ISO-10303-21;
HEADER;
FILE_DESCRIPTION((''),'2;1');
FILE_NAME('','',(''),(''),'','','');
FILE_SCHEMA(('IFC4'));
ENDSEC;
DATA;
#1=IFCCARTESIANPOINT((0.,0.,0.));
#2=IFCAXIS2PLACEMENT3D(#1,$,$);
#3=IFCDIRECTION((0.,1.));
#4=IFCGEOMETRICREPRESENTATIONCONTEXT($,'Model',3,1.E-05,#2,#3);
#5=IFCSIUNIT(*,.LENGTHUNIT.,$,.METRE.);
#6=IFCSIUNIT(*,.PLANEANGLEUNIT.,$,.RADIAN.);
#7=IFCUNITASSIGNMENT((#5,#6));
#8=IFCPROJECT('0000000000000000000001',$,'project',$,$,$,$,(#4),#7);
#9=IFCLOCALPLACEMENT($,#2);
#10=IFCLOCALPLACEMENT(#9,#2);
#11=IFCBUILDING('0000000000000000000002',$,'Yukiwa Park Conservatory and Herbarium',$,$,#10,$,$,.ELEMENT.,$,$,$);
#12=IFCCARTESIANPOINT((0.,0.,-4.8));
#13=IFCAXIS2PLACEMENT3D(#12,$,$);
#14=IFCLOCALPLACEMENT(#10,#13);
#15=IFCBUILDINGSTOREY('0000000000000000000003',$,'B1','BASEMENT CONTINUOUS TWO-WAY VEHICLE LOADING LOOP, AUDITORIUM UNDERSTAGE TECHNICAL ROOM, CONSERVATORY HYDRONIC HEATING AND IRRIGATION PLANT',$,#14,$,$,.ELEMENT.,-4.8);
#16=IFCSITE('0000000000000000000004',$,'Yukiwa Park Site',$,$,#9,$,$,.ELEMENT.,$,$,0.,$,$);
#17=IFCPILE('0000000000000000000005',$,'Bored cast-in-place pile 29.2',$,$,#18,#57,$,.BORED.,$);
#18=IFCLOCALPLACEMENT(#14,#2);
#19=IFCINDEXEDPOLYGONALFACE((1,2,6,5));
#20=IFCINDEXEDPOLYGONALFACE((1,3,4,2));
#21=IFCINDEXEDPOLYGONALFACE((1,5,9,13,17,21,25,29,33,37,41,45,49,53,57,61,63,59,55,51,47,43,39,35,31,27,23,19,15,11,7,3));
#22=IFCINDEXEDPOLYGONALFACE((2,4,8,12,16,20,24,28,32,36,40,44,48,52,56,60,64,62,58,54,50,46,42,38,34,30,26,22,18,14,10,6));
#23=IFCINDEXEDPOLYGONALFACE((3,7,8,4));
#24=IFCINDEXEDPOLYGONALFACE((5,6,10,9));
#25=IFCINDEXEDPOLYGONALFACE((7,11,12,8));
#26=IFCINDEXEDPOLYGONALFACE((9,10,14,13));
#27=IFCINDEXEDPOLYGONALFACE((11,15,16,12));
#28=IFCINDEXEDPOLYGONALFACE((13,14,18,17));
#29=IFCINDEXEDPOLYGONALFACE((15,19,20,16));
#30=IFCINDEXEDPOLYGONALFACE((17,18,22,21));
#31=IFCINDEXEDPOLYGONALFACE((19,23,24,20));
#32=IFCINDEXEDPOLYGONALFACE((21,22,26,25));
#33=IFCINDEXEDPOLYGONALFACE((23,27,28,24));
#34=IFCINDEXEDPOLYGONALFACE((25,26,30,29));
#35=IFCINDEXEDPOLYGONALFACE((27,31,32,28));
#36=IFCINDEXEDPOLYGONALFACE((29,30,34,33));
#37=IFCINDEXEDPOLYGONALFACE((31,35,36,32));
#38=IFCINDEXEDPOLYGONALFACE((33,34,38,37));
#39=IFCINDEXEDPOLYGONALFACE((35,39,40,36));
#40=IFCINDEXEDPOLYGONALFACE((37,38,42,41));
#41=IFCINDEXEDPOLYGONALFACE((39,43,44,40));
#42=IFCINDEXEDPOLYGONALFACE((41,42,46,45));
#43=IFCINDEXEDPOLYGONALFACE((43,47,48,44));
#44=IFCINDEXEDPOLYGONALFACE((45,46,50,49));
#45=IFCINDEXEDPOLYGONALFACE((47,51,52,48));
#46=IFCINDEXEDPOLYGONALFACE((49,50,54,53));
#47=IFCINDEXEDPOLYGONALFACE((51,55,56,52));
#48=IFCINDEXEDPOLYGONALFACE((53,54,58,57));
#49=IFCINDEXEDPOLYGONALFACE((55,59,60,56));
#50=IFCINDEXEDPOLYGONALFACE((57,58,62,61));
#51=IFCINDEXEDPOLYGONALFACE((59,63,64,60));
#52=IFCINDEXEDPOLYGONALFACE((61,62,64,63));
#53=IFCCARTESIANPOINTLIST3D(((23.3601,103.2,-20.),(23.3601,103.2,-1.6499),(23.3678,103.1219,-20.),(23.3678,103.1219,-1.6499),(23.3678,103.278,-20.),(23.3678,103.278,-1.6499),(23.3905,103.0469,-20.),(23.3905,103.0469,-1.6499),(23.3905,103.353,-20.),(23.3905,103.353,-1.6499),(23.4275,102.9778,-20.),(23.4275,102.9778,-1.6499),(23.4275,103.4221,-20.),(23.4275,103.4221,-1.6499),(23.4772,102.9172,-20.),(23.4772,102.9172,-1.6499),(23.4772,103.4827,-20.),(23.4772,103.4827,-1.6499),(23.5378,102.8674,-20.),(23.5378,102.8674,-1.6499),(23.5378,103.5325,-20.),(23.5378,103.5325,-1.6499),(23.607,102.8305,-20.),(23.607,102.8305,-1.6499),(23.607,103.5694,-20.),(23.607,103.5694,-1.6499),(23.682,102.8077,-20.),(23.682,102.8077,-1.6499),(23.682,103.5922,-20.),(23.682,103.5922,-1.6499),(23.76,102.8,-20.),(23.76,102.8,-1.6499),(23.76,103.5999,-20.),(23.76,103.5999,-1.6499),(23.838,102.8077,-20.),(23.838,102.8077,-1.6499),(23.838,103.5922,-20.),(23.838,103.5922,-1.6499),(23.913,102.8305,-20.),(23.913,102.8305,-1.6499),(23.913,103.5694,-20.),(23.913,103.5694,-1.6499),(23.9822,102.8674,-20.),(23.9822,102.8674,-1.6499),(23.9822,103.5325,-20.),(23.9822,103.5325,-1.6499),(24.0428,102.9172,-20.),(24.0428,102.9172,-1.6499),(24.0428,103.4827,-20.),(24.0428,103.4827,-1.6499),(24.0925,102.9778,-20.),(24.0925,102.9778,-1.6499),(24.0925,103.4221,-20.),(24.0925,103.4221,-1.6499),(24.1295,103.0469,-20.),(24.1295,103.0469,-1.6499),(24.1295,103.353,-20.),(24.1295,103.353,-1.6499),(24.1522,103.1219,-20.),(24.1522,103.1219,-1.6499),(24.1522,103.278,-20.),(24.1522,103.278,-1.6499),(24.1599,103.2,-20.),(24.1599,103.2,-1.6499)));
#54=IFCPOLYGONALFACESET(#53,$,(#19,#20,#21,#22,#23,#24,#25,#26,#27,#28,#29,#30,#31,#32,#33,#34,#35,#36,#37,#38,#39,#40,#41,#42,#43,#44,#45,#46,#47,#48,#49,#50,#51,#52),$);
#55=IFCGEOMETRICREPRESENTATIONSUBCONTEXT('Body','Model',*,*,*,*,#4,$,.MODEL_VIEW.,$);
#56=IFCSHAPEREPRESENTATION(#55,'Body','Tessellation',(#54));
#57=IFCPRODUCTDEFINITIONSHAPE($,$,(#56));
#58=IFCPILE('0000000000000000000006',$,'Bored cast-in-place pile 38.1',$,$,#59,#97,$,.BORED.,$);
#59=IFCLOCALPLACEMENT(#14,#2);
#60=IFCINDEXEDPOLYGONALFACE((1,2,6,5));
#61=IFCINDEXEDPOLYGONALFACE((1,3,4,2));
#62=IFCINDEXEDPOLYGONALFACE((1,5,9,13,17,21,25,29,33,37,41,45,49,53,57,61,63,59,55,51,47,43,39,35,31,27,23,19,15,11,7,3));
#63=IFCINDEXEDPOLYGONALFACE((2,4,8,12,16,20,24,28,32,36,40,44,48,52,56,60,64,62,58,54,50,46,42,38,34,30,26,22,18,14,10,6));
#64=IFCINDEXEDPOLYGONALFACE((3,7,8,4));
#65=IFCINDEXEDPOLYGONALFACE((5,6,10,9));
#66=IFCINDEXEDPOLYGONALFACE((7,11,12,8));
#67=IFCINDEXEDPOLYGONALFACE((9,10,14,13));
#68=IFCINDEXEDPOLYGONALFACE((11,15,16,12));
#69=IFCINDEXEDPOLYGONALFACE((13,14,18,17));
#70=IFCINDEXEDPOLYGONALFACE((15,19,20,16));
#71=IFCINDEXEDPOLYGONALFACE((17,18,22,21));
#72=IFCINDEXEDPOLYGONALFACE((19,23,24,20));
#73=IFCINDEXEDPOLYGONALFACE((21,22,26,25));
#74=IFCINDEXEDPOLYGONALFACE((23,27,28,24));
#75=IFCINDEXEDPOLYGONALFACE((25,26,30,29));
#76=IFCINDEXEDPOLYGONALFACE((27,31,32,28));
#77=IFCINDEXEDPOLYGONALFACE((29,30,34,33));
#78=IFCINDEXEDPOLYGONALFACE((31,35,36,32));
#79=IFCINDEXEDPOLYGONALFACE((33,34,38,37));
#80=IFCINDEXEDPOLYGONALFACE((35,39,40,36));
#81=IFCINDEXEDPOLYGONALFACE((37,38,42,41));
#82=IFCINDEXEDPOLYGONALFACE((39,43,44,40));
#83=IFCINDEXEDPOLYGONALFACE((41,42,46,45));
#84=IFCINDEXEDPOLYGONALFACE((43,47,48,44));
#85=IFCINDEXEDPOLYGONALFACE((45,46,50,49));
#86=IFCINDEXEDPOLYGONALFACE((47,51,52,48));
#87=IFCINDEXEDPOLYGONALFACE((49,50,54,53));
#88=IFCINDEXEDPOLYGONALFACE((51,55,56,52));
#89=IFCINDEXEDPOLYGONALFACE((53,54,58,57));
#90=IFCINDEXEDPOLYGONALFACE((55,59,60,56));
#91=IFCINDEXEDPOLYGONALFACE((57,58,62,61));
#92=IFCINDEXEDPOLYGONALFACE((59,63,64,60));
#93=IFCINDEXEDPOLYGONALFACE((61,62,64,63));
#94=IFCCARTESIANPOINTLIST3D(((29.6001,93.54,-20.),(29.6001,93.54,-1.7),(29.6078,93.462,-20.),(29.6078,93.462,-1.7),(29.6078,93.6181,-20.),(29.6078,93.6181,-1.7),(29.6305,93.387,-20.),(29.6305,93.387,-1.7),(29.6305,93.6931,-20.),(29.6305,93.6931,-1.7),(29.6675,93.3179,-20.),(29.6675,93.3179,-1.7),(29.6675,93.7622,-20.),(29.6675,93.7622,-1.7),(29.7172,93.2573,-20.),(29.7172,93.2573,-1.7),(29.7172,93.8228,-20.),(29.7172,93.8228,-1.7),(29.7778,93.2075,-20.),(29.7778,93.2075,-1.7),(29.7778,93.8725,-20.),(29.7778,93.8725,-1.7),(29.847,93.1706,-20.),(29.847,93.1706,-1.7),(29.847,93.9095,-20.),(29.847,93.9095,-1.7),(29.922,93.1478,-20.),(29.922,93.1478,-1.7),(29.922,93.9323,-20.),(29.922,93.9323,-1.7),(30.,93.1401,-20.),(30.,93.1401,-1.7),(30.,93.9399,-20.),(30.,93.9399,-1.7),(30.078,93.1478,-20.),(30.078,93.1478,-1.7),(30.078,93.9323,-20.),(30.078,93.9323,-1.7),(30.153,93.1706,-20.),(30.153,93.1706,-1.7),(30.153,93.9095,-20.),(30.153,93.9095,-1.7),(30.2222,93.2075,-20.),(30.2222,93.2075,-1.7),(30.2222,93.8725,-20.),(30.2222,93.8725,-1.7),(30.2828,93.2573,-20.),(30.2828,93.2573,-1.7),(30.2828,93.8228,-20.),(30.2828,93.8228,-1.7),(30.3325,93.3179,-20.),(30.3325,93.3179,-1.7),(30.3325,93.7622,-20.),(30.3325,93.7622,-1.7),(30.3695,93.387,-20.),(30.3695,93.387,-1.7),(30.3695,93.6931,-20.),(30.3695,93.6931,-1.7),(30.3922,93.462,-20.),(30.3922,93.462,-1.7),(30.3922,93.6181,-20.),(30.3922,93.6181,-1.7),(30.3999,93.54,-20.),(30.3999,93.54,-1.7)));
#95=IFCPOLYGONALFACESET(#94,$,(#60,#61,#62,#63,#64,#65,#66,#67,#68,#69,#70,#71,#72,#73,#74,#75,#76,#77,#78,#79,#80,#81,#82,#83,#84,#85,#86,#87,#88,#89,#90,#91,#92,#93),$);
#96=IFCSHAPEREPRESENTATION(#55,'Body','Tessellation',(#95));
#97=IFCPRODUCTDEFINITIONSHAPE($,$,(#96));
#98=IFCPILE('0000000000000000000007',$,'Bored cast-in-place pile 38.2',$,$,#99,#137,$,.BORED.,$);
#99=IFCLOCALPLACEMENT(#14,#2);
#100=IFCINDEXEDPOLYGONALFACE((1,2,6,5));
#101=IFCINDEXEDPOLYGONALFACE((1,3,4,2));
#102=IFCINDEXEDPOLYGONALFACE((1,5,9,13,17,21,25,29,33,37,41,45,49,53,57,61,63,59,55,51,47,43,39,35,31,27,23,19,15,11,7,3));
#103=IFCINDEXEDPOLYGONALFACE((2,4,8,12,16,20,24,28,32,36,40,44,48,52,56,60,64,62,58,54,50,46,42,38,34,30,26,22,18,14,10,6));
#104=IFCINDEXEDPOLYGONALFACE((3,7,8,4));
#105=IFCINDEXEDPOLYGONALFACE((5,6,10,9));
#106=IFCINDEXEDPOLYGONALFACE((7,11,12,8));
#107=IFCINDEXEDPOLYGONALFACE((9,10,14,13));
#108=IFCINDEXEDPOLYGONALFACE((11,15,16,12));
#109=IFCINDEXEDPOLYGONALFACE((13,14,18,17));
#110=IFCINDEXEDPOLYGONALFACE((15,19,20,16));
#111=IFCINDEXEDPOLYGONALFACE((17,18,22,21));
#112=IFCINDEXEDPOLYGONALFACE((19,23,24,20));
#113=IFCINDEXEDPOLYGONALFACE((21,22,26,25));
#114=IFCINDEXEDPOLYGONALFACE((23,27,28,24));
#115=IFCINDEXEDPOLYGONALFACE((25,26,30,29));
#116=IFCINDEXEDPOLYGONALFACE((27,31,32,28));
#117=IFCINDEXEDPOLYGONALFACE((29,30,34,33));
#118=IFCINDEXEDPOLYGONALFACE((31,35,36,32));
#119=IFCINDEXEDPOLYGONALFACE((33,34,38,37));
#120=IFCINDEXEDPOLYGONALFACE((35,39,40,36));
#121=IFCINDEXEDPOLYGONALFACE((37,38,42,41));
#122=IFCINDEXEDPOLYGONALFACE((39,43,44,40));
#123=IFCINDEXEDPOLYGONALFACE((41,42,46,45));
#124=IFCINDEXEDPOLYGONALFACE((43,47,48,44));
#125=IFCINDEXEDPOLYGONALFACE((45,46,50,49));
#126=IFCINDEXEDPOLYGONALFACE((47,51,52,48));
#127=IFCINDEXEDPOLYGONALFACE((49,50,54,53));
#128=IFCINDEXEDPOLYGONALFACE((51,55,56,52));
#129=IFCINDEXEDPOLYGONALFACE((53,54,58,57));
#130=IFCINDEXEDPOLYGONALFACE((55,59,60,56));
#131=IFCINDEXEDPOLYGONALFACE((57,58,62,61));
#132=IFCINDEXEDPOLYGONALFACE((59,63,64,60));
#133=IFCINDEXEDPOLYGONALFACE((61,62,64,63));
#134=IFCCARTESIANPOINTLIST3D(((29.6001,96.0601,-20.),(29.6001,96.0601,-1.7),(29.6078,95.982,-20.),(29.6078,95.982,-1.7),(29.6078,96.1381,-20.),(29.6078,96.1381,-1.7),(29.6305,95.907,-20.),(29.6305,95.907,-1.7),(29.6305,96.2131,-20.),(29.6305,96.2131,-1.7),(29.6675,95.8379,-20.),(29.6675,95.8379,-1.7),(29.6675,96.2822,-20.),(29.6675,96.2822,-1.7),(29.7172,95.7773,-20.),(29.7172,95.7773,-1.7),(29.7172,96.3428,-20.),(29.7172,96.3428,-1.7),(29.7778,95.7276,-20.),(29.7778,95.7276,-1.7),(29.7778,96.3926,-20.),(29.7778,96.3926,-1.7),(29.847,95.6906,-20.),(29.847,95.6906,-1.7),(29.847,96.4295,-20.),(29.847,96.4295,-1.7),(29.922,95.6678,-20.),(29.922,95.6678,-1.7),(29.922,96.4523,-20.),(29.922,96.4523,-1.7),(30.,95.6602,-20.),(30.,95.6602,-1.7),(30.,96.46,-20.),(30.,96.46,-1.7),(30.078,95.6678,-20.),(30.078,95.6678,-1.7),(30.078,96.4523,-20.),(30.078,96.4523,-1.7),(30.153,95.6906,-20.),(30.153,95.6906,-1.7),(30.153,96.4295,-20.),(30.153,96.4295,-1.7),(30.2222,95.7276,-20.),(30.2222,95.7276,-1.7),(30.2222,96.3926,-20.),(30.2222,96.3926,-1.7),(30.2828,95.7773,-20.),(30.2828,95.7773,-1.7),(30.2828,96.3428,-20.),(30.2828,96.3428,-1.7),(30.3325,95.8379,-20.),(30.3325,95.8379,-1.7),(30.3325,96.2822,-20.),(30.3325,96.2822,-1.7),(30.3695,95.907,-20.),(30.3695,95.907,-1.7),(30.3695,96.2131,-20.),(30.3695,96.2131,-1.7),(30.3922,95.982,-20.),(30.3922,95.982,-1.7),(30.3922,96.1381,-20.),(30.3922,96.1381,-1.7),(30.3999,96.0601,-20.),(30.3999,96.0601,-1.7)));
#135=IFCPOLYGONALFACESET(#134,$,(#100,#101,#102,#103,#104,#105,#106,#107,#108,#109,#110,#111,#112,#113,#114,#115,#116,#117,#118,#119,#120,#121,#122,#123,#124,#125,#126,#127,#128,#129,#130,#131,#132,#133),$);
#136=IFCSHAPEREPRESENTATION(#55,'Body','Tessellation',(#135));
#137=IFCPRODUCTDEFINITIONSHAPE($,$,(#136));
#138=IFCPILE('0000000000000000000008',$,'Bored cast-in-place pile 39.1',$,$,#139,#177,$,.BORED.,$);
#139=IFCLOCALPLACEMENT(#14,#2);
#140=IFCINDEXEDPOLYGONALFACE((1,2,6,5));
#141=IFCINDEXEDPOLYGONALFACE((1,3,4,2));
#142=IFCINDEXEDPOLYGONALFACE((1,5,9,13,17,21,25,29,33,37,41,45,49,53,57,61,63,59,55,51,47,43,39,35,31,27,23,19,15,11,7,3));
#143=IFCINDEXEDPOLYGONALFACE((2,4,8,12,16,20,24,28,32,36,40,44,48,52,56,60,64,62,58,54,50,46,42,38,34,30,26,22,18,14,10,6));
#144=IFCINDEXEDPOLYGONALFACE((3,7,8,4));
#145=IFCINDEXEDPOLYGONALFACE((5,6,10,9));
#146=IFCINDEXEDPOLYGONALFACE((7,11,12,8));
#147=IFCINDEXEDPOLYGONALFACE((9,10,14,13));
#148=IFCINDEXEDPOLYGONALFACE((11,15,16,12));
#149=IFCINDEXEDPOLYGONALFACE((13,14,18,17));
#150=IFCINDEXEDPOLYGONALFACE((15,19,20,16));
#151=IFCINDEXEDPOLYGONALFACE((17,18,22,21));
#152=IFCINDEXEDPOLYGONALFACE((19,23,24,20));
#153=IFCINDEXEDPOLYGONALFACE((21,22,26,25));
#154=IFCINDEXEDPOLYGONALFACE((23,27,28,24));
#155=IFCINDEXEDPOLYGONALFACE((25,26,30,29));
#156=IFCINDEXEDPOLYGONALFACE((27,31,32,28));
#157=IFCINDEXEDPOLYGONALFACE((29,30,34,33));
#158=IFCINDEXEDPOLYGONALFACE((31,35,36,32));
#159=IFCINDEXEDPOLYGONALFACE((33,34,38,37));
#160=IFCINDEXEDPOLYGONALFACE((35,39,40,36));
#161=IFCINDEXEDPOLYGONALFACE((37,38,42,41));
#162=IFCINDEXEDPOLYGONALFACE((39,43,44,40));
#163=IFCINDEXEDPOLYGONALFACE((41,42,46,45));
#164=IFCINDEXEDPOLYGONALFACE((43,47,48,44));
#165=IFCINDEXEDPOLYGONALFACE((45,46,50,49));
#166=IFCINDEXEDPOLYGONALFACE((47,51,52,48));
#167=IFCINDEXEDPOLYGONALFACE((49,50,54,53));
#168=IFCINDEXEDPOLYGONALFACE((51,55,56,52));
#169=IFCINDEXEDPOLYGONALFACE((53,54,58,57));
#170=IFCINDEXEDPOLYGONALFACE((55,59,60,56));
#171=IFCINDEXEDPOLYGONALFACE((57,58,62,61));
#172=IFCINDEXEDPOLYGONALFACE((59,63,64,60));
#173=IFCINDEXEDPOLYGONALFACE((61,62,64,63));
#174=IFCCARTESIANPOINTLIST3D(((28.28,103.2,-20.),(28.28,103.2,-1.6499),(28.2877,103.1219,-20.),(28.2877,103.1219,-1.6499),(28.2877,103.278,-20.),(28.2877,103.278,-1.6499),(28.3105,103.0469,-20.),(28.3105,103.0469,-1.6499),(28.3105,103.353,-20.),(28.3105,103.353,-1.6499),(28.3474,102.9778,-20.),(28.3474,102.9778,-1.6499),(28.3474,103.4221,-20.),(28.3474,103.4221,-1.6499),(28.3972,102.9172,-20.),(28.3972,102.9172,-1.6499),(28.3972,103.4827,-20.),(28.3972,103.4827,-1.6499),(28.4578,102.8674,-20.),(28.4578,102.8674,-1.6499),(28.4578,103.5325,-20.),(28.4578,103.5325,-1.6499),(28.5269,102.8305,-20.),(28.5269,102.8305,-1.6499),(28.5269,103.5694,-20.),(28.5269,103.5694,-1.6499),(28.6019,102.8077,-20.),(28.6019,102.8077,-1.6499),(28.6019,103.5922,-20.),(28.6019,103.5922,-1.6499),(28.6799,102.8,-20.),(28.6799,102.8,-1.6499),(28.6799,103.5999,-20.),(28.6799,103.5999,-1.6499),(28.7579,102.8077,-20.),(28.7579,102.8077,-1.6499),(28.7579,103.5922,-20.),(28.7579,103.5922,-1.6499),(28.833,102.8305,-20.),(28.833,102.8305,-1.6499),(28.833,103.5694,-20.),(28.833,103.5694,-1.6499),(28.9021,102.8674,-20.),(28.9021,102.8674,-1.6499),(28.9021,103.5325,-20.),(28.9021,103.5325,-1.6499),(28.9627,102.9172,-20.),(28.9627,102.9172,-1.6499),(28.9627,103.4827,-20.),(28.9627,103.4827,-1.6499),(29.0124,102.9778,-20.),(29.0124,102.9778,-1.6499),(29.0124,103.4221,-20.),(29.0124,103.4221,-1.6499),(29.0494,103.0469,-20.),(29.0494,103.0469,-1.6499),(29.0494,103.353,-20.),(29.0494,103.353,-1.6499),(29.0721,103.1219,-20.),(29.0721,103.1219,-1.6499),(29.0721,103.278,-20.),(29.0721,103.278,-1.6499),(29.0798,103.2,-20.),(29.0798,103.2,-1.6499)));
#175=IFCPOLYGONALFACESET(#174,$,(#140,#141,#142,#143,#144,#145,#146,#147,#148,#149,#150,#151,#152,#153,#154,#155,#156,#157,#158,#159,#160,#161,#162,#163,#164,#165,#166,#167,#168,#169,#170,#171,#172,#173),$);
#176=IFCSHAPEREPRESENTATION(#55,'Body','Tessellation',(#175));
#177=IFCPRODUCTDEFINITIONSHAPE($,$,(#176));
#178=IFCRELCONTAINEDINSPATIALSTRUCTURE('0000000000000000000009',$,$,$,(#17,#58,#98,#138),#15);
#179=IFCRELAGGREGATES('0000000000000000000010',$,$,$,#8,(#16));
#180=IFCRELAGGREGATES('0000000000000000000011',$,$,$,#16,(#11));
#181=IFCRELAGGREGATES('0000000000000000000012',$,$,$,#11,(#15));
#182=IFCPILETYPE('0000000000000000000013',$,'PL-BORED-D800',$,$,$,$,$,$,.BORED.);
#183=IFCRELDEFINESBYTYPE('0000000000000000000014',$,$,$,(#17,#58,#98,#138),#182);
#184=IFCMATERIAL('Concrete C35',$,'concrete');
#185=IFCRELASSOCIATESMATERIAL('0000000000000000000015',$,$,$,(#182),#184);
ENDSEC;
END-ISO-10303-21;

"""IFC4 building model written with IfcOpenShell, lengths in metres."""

from ifc_helpers import new_model, si_unit, direction, frame, origin, origin_2d, place, context, subcontext, project, spatial, circle, extrude, material, material_profile, profile_set, type_object, element, save


model = new_model("IFC4")

# Units and contexts
model_context = context("Model", 3, precision=1e-05, world=origin(), true_north=direction((0.0, 1.0)))
body_context = subcontext(model_context, "Body", "Model", "MODEL_VIEW")
ifc_project = project(units=[si_unit("LENGTHUNIT", "METRE"), si_unit("PLANEANGLEUNIT", "RADIAN")], contexts=[model_context])

# Site, building, storey
site_placement = place(None, origin())
site = spatial("IfcSite", under=ifc_project, at=site_placement, Name="Yukiwa Park Site", CompositionType="ELEMENT", RefElevation=0.0)
building_placement = place(site_placement, origin())
building = spatial("IfcBuilding", under=site, at=building_placement, Name="Yukiwa Park Conservatory and Herbarium", CompositionType="ELEMENT")
storey_placement = place(building_placement, frame((0.0, 0.0, -4.8)))
storey = spatial("IfcBuildingStorey", under=building, at=storey_placement, Name="B1", Description="BASEMENT CONTINUOUS TWO-WAY VEHICLE LOADING LOOP, AUDITORIUM UNDERSTAGE TECHNICAL ROOM, CONSERVATORY HYDRONIC HEATING AND IRRIGATION PLANT", CompositionType="ELEMENT", Elevation=-4.8)

# Piles
ifc_material_1 = material(Name="Concrete C35", Category="concrete")
ifc_material_profile_1 = material_profile(ifc_material_1, circle(Radius=0.3999, at=origin_2d()), Name="PILE D800")
ifc_profile_set_1 = profile_set([ifc_material_profile_1], Name="Concrete C35")
pile_type = type_object("IfcPileType", Name="PL-BORED-D800", PredefinedType="BORED", material=ifc_profile_set_1)
for number, where, z_axis, x_axis, name in (
    (1, (23.76, 103.2, -1.6499), (0.0, 0.0, -1.0), (1.0, 0.0, 0.0), "Bored cast-in-place pile 29.2"),
):
    element("IfcPile", number, at=place(storey_placement, frame(where, z_axis=z_axis, x_axis=x_axis)), inside=storey, type_object=pile_type, Name=name, PredefinedType="BORED", context=body_context, shape_type="SweptSolid", body=[
        extrude(circle(Radius=0.3999, at=origin_2d()), origin(), (0.0, 0.0, 1.0), 18.3501),
    ])
for number, where, z_axis, x_axis, name in (
    (2, (30.0, 93.54, -1.7), (0.0, 0.0, -1.0), (1.0, 0.0, 0.0), "Bored cast-in-place pile 38.1"),
    (3, (30.0, 96.0601, -1.7), (0.0, 0.0, -1.0), (1.0, 0.0, 0.0), "Bored cast-in-place pile 38.2"),
):
    element("IfcPile", number, at=place(storey_placement, frame(where, z_axis=z_axis, x_axis=x_axis)), inside=storey, type_object=pile_type, Name=name, PredefinedType="BORED", context=body_context, shape_type="SweptSolid", body=[
        extrude(circle(Radius=0.3999, at=origin_2d()), origin(), (0.0, 0.0, 1.0), 18.3),
    ])
pile_placement = place(storey_placement, frame((28.6799, 103.2, -1.6499), z_axis=(0.0, 0.0, -1.0), x_axis=(1.0, 0.0, 0.0)))
element("IfcPile", 4, at=pile_placement, inside=storey, type_object=pile_type, Name="Bored cast-in-place pile 39.1", PredefinedType="BORED", context=body_context, shape_type="SweptSolid", body=[
    extrude(circle(Radius=0.3999, at=origin_2d()), origin(), (0.0, 0.0, 1.0), 18.3501),
])

save(model, "model.ifc")
